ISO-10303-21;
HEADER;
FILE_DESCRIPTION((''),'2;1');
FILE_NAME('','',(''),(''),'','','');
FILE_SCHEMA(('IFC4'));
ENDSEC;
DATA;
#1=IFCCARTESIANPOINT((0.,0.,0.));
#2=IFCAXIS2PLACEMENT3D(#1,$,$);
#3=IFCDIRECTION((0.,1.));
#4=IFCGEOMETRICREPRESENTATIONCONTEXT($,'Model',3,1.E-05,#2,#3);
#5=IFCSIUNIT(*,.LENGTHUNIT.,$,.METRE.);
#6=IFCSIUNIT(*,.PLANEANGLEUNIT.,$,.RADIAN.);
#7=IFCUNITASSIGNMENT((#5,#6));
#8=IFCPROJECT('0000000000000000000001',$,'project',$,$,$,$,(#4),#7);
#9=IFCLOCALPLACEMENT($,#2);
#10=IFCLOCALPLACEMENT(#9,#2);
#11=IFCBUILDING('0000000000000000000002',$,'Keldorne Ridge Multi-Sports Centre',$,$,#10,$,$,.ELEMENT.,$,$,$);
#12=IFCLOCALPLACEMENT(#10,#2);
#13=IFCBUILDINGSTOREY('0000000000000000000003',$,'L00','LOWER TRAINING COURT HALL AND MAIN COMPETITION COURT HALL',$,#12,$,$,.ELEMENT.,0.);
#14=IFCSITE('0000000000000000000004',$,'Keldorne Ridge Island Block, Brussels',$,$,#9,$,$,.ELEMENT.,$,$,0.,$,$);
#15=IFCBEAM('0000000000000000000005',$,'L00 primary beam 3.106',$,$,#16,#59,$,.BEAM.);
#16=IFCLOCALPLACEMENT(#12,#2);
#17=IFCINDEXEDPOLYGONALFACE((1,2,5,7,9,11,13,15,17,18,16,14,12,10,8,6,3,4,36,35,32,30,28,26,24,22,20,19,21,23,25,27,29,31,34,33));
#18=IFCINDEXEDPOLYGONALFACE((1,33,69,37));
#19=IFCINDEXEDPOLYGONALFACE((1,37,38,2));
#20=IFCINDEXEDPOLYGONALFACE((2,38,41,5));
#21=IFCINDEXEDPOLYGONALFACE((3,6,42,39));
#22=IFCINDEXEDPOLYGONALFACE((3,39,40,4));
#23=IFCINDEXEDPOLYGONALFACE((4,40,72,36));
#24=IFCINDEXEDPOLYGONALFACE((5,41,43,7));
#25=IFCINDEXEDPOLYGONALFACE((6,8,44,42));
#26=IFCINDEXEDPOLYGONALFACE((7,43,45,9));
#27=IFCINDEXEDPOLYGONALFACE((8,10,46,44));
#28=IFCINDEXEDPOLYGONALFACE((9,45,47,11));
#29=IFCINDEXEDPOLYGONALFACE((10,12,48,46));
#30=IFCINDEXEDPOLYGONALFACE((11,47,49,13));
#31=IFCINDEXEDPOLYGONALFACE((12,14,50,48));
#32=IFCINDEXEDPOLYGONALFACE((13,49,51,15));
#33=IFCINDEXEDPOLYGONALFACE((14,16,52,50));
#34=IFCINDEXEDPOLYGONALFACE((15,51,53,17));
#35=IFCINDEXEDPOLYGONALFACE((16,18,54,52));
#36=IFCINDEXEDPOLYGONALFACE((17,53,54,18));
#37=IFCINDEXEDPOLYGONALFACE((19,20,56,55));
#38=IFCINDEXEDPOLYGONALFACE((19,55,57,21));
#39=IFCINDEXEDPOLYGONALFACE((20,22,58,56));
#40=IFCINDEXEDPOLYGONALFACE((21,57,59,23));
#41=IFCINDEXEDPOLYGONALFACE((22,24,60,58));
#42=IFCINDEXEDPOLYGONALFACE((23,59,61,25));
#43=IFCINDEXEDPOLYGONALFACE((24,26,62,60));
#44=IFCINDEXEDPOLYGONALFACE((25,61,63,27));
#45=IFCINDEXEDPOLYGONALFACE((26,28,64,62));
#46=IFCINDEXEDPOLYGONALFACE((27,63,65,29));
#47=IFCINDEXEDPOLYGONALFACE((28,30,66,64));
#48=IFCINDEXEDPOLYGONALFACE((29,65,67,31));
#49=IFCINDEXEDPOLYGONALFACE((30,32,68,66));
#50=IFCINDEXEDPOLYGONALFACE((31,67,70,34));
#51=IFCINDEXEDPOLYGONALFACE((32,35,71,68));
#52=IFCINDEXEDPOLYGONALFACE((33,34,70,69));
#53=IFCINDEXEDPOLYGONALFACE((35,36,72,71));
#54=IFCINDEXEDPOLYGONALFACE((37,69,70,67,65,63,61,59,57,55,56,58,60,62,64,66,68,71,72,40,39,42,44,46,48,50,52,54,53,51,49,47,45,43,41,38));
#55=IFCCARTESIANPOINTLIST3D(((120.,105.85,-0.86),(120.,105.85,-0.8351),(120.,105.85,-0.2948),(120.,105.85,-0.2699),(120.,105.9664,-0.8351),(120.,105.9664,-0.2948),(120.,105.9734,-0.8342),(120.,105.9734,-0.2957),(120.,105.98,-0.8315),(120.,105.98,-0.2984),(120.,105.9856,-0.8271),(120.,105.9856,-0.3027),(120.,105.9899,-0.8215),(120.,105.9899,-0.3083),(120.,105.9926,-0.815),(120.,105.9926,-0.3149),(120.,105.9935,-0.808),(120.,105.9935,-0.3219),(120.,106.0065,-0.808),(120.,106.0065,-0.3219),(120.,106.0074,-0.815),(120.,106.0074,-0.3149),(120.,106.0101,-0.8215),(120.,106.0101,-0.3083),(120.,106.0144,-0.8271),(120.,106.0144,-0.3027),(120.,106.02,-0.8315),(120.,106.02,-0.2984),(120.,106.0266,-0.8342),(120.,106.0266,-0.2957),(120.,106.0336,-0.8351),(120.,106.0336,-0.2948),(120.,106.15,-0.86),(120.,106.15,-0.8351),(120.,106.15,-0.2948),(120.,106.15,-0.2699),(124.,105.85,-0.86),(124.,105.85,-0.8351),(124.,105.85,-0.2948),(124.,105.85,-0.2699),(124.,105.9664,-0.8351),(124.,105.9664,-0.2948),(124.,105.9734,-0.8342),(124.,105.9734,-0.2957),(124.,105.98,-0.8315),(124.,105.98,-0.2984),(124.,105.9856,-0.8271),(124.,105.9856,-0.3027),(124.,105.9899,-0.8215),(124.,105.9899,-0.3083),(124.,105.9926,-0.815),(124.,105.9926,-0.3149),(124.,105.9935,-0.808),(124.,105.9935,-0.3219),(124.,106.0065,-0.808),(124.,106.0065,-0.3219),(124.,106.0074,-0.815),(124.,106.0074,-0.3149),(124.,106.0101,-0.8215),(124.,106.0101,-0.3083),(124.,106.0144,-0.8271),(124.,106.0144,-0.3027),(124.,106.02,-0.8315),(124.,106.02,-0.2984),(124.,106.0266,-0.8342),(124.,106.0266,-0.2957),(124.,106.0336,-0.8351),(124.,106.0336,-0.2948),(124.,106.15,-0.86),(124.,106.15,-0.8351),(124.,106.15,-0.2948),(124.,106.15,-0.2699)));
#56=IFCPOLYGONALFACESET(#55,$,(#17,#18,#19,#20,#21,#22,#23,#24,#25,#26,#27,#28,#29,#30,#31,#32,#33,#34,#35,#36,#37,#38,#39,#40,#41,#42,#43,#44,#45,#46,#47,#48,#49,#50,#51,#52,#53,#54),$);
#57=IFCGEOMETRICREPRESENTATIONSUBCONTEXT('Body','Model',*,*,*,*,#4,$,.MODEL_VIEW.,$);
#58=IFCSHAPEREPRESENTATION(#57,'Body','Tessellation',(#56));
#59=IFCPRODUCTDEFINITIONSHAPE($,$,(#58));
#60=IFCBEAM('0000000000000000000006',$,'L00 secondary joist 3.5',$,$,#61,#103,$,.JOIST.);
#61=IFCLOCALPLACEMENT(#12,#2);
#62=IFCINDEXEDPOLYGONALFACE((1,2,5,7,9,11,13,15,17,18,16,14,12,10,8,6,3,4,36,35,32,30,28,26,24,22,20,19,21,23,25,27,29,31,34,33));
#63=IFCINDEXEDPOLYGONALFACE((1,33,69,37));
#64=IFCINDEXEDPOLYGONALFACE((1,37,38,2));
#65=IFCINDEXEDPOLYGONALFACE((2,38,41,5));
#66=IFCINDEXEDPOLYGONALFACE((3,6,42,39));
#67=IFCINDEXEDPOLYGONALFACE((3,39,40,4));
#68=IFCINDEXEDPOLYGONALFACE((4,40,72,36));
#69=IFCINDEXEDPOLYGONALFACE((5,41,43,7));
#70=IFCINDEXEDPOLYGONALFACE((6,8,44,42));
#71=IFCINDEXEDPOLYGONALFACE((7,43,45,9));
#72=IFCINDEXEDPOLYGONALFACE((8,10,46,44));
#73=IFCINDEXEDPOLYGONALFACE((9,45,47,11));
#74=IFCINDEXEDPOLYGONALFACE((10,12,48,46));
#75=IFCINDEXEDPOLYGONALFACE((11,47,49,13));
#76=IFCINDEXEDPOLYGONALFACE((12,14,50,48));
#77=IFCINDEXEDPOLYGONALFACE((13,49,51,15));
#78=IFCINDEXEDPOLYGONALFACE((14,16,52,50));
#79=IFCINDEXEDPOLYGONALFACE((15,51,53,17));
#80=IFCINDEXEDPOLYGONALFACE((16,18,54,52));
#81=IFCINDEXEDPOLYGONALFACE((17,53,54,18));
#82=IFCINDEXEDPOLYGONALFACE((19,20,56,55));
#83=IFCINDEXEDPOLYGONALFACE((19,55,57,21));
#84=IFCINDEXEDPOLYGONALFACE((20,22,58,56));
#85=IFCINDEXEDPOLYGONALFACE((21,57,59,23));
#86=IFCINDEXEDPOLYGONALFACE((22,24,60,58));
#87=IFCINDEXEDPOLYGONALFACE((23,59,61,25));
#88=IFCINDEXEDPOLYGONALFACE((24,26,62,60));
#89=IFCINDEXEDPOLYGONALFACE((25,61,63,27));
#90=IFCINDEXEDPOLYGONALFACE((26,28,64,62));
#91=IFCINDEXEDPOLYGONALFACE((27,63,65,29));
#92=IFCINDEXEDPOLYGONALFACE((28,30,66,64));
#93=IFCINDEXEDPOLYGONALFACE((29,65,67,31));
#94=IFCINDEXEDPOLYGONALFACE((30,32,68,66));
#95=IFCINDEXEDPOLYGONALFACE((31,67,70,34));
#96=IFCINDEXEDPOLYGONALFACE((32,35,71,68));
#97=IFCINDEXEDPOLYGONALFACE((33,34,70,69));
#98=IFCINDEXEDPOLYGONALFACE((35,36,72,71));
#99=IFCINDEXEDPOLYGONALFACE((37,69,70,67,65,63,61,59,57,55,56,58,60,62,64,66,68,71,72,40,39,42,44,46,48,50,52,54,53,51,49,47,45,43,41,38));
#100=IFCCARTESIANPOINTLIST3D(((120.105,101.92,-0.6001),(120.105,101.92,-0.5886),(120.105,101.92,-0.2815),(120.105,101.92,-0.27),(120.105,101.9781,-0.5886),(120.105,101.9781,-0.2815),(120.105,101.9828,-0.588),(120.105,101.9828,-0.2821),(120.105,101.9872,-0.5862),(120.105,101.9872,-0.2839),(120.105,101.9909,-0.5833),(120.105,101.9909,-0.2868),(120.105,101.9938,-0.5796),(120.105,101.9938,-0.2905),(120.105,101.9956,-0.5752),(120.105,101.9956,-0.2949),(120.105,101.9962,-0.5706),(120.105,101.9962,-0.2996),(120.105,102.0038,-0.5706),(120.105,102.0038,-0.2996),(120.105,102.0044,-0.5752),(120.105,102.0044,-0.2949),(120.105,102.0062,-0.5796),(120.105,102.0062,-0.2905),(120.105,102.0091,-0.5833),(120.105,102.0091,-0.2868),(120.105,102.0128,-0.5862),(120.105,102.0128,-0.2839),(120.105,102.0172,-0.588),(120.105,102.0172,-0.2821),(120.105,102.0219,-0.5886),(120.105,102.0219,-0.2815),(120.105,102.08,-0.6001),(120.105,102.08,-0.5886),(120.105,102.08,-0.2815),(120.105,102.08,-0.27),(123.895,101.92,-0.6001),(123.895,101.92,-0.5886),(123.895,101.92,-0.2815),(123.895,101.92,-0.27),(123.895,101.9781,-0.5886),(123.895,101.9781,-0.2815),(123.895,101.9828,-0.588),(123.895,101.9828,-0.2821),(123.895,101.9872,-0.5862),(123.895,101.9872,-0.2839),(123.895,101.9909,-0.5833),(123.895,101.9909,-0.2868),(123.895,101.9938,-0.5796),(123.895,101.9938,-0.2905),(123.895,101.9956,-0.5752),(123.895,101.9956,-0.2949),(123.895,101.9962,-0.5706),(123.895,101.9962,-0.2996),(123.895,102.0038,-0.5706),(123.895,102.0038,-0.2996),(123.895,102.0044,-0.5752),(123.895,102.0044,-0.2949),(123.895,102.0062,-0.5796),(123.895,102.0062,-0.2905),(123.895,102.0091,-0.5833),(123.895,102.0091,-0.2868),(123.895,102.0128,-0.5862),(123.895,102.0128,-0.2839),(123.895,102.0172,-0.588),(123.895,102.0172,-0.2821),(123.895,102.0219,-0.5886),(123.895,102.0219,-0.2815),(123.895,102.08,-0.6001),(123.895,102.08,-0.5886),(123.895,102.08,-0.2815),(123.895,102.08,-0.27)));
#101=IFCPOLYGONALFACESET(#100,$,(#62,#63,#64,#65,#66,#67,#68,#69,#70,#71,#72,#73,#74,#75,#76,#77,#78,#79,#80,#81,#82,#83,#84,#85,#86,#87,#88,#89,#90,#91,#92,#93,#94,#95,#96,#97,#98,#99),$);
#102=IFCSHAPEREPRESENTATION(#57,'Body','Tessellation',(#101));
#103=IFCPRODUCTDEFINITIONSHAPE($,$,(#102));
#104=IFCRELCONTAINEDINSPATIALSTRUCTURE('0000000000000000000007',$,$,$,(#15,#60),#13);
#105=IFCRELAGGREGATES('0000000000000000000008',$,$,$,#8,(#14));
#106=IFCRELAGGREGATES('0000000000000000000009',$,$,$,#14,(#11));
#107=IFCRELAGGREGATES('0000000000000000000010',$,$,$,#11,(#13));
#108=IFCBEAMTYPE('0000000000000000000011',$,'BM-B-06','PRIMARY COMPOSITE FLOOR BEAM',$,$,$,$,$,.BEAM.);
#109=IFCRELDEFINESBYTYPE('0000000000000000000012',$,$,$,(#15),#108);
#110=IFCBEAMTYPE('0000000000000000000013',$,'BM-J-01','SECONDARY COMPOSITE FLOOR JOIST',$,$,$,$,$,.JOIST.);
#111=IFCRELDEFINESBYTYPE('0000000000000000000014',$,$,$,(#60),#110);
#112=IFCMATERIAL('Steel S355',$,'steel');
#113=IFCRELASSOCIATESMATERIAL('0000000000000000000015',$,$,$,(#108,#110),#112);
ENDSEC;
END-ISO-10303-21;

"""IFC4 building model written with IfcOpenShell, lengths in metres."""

from ifc_helpers import new_model, si_unit, direction, frame, origin, origin_2d, place, context, subcontext, project, spatial, i_section, extrude, material, material_profile, profile_set, type_object, element, save


model = new_model("IFC4")

# Units and contexts
model_context = context("Model", 3, precision=1e-05, world=origin(), true_north=direction((0.0, 1.0)))
body_context = subcontext(model_context, "Body", "Model", "MODEL_VIEW")
ifc_project = project(units=[si_unit("LENGTHUNIT", "METRE"), si_unit("PLANEANGLEUNIT", "RADIAN")], contexts=[model_context])

# Site, building, storey
site_placement = place(None, origin())
site = spatial("IfcSite", under=ifc_project, at=site_placement, Name="Keldorne Ridge Island Block, Brussels", CompositionType="ELEMENT", RefElevation=0.0)
building_placement = place(site_placement, origin())
building = spatial("IfcBuilding", under=site, at=building_placement, Name="Keldorne Ridge Multi-Sports Centre", CompositionType="ELEMENT")
storey_placement = place(building_placement, origin())
storey = spatial("IfcBuildingStorey", under=building, at=storey_placement, Name="L00", Description="LOWER TRAINING COURT HALL AND MAIN COMPETITION COURT HALL", CompositionType="ELEMENT", Elevation=0.0)

# Shared definitions
ifc_material_1 = material(Name="Steel S355", Category="steel")

# Beams
ifc_material_profile_1 = material_profile(ifc_material_1, i_section(OverallWidth=0.3, OverallDepth=0.5901, WebThickness=0.0129, FlangeThickness=0.0249, FilletRadius=0.0271, at=origin_2d()), Name="HEA 600")
ifc_profile_set_1 = profile_set([ifc_material_profile_1], Name="Steel S355")
beam_type_1 = type_object("IfcBeamType", Name="BM-B-06", Description="PRIMARY COMPOSITE FLOOR BEAM", PredefinedType="BEAM", material=ifc_profile_set_1)
beam_1_placement = place(storey_placement, frame((120.0, 106.0, -0.5649), z_axis=(1.0, 0.0, 0.0), x_axis=(0.0, 1.0, 0.0)))
element("IfcBeam", 1, at=beam_1_placement, inside=storey, type_object=beam_type_1, Name="L00 primary beam 3.106", PredefinedType="BEAM", context=body_context, shape_type="SweptSolid", body=[
    extrude(i_section(OverallWidth=0.3, OverallDepth=0.5901, WebThickness=0.0129, FlangeThickness=0.0249, FilletRadius=0.0271, at=origin_2d()), origin(), (0.0, 0.0, 1.0), 4.0),
])
ifc_material_profile_2 = material_profile(ifc_material_1, i_section(OverallWidth=0.1599, OverallDepth=0.3301, WebThickness=0.0076, FlangeThickness=0.0115, FilletRadius=0.0181, at=origin_2d()), Name="IPE 330")
ifc_profile_set_2 = profile_set([ifc_material_profile_2], Name="Steel S355")
beam_type_2 = type_object("IfcBeamType", Name="BM-J-01", Description="SECONDARY COMPOSITE FLOOR JOIST", PredefinedType="JOIST", material=ifc_profile_set_2)
beam_2_placement = place(storey_placement, frame((120.105, 102.0, -0.4351), z_axis=(1.0, 0.0, 0.0), x_axis=(0.0, 1.0, 0.0)))
element("IfcBeam", 2, at=beam_2_placement, inside=storey, type_object=beam_type_2, Name="L00 secondary joist 3.5", PredefinedType="JOIST", context=body_context, shape_type="SweptSolid", body=[
    extrude(i_section(OverallWidth=0.1599, OverallDepth=0.3301, WebThickness=0.0076, FlangeThickness=0.0115, FilletRadius=0.0181, at=origin_2d()), origin(), (0.0, 0.0, 1.0), 3.79),
])

save(model, "model.ifc")
